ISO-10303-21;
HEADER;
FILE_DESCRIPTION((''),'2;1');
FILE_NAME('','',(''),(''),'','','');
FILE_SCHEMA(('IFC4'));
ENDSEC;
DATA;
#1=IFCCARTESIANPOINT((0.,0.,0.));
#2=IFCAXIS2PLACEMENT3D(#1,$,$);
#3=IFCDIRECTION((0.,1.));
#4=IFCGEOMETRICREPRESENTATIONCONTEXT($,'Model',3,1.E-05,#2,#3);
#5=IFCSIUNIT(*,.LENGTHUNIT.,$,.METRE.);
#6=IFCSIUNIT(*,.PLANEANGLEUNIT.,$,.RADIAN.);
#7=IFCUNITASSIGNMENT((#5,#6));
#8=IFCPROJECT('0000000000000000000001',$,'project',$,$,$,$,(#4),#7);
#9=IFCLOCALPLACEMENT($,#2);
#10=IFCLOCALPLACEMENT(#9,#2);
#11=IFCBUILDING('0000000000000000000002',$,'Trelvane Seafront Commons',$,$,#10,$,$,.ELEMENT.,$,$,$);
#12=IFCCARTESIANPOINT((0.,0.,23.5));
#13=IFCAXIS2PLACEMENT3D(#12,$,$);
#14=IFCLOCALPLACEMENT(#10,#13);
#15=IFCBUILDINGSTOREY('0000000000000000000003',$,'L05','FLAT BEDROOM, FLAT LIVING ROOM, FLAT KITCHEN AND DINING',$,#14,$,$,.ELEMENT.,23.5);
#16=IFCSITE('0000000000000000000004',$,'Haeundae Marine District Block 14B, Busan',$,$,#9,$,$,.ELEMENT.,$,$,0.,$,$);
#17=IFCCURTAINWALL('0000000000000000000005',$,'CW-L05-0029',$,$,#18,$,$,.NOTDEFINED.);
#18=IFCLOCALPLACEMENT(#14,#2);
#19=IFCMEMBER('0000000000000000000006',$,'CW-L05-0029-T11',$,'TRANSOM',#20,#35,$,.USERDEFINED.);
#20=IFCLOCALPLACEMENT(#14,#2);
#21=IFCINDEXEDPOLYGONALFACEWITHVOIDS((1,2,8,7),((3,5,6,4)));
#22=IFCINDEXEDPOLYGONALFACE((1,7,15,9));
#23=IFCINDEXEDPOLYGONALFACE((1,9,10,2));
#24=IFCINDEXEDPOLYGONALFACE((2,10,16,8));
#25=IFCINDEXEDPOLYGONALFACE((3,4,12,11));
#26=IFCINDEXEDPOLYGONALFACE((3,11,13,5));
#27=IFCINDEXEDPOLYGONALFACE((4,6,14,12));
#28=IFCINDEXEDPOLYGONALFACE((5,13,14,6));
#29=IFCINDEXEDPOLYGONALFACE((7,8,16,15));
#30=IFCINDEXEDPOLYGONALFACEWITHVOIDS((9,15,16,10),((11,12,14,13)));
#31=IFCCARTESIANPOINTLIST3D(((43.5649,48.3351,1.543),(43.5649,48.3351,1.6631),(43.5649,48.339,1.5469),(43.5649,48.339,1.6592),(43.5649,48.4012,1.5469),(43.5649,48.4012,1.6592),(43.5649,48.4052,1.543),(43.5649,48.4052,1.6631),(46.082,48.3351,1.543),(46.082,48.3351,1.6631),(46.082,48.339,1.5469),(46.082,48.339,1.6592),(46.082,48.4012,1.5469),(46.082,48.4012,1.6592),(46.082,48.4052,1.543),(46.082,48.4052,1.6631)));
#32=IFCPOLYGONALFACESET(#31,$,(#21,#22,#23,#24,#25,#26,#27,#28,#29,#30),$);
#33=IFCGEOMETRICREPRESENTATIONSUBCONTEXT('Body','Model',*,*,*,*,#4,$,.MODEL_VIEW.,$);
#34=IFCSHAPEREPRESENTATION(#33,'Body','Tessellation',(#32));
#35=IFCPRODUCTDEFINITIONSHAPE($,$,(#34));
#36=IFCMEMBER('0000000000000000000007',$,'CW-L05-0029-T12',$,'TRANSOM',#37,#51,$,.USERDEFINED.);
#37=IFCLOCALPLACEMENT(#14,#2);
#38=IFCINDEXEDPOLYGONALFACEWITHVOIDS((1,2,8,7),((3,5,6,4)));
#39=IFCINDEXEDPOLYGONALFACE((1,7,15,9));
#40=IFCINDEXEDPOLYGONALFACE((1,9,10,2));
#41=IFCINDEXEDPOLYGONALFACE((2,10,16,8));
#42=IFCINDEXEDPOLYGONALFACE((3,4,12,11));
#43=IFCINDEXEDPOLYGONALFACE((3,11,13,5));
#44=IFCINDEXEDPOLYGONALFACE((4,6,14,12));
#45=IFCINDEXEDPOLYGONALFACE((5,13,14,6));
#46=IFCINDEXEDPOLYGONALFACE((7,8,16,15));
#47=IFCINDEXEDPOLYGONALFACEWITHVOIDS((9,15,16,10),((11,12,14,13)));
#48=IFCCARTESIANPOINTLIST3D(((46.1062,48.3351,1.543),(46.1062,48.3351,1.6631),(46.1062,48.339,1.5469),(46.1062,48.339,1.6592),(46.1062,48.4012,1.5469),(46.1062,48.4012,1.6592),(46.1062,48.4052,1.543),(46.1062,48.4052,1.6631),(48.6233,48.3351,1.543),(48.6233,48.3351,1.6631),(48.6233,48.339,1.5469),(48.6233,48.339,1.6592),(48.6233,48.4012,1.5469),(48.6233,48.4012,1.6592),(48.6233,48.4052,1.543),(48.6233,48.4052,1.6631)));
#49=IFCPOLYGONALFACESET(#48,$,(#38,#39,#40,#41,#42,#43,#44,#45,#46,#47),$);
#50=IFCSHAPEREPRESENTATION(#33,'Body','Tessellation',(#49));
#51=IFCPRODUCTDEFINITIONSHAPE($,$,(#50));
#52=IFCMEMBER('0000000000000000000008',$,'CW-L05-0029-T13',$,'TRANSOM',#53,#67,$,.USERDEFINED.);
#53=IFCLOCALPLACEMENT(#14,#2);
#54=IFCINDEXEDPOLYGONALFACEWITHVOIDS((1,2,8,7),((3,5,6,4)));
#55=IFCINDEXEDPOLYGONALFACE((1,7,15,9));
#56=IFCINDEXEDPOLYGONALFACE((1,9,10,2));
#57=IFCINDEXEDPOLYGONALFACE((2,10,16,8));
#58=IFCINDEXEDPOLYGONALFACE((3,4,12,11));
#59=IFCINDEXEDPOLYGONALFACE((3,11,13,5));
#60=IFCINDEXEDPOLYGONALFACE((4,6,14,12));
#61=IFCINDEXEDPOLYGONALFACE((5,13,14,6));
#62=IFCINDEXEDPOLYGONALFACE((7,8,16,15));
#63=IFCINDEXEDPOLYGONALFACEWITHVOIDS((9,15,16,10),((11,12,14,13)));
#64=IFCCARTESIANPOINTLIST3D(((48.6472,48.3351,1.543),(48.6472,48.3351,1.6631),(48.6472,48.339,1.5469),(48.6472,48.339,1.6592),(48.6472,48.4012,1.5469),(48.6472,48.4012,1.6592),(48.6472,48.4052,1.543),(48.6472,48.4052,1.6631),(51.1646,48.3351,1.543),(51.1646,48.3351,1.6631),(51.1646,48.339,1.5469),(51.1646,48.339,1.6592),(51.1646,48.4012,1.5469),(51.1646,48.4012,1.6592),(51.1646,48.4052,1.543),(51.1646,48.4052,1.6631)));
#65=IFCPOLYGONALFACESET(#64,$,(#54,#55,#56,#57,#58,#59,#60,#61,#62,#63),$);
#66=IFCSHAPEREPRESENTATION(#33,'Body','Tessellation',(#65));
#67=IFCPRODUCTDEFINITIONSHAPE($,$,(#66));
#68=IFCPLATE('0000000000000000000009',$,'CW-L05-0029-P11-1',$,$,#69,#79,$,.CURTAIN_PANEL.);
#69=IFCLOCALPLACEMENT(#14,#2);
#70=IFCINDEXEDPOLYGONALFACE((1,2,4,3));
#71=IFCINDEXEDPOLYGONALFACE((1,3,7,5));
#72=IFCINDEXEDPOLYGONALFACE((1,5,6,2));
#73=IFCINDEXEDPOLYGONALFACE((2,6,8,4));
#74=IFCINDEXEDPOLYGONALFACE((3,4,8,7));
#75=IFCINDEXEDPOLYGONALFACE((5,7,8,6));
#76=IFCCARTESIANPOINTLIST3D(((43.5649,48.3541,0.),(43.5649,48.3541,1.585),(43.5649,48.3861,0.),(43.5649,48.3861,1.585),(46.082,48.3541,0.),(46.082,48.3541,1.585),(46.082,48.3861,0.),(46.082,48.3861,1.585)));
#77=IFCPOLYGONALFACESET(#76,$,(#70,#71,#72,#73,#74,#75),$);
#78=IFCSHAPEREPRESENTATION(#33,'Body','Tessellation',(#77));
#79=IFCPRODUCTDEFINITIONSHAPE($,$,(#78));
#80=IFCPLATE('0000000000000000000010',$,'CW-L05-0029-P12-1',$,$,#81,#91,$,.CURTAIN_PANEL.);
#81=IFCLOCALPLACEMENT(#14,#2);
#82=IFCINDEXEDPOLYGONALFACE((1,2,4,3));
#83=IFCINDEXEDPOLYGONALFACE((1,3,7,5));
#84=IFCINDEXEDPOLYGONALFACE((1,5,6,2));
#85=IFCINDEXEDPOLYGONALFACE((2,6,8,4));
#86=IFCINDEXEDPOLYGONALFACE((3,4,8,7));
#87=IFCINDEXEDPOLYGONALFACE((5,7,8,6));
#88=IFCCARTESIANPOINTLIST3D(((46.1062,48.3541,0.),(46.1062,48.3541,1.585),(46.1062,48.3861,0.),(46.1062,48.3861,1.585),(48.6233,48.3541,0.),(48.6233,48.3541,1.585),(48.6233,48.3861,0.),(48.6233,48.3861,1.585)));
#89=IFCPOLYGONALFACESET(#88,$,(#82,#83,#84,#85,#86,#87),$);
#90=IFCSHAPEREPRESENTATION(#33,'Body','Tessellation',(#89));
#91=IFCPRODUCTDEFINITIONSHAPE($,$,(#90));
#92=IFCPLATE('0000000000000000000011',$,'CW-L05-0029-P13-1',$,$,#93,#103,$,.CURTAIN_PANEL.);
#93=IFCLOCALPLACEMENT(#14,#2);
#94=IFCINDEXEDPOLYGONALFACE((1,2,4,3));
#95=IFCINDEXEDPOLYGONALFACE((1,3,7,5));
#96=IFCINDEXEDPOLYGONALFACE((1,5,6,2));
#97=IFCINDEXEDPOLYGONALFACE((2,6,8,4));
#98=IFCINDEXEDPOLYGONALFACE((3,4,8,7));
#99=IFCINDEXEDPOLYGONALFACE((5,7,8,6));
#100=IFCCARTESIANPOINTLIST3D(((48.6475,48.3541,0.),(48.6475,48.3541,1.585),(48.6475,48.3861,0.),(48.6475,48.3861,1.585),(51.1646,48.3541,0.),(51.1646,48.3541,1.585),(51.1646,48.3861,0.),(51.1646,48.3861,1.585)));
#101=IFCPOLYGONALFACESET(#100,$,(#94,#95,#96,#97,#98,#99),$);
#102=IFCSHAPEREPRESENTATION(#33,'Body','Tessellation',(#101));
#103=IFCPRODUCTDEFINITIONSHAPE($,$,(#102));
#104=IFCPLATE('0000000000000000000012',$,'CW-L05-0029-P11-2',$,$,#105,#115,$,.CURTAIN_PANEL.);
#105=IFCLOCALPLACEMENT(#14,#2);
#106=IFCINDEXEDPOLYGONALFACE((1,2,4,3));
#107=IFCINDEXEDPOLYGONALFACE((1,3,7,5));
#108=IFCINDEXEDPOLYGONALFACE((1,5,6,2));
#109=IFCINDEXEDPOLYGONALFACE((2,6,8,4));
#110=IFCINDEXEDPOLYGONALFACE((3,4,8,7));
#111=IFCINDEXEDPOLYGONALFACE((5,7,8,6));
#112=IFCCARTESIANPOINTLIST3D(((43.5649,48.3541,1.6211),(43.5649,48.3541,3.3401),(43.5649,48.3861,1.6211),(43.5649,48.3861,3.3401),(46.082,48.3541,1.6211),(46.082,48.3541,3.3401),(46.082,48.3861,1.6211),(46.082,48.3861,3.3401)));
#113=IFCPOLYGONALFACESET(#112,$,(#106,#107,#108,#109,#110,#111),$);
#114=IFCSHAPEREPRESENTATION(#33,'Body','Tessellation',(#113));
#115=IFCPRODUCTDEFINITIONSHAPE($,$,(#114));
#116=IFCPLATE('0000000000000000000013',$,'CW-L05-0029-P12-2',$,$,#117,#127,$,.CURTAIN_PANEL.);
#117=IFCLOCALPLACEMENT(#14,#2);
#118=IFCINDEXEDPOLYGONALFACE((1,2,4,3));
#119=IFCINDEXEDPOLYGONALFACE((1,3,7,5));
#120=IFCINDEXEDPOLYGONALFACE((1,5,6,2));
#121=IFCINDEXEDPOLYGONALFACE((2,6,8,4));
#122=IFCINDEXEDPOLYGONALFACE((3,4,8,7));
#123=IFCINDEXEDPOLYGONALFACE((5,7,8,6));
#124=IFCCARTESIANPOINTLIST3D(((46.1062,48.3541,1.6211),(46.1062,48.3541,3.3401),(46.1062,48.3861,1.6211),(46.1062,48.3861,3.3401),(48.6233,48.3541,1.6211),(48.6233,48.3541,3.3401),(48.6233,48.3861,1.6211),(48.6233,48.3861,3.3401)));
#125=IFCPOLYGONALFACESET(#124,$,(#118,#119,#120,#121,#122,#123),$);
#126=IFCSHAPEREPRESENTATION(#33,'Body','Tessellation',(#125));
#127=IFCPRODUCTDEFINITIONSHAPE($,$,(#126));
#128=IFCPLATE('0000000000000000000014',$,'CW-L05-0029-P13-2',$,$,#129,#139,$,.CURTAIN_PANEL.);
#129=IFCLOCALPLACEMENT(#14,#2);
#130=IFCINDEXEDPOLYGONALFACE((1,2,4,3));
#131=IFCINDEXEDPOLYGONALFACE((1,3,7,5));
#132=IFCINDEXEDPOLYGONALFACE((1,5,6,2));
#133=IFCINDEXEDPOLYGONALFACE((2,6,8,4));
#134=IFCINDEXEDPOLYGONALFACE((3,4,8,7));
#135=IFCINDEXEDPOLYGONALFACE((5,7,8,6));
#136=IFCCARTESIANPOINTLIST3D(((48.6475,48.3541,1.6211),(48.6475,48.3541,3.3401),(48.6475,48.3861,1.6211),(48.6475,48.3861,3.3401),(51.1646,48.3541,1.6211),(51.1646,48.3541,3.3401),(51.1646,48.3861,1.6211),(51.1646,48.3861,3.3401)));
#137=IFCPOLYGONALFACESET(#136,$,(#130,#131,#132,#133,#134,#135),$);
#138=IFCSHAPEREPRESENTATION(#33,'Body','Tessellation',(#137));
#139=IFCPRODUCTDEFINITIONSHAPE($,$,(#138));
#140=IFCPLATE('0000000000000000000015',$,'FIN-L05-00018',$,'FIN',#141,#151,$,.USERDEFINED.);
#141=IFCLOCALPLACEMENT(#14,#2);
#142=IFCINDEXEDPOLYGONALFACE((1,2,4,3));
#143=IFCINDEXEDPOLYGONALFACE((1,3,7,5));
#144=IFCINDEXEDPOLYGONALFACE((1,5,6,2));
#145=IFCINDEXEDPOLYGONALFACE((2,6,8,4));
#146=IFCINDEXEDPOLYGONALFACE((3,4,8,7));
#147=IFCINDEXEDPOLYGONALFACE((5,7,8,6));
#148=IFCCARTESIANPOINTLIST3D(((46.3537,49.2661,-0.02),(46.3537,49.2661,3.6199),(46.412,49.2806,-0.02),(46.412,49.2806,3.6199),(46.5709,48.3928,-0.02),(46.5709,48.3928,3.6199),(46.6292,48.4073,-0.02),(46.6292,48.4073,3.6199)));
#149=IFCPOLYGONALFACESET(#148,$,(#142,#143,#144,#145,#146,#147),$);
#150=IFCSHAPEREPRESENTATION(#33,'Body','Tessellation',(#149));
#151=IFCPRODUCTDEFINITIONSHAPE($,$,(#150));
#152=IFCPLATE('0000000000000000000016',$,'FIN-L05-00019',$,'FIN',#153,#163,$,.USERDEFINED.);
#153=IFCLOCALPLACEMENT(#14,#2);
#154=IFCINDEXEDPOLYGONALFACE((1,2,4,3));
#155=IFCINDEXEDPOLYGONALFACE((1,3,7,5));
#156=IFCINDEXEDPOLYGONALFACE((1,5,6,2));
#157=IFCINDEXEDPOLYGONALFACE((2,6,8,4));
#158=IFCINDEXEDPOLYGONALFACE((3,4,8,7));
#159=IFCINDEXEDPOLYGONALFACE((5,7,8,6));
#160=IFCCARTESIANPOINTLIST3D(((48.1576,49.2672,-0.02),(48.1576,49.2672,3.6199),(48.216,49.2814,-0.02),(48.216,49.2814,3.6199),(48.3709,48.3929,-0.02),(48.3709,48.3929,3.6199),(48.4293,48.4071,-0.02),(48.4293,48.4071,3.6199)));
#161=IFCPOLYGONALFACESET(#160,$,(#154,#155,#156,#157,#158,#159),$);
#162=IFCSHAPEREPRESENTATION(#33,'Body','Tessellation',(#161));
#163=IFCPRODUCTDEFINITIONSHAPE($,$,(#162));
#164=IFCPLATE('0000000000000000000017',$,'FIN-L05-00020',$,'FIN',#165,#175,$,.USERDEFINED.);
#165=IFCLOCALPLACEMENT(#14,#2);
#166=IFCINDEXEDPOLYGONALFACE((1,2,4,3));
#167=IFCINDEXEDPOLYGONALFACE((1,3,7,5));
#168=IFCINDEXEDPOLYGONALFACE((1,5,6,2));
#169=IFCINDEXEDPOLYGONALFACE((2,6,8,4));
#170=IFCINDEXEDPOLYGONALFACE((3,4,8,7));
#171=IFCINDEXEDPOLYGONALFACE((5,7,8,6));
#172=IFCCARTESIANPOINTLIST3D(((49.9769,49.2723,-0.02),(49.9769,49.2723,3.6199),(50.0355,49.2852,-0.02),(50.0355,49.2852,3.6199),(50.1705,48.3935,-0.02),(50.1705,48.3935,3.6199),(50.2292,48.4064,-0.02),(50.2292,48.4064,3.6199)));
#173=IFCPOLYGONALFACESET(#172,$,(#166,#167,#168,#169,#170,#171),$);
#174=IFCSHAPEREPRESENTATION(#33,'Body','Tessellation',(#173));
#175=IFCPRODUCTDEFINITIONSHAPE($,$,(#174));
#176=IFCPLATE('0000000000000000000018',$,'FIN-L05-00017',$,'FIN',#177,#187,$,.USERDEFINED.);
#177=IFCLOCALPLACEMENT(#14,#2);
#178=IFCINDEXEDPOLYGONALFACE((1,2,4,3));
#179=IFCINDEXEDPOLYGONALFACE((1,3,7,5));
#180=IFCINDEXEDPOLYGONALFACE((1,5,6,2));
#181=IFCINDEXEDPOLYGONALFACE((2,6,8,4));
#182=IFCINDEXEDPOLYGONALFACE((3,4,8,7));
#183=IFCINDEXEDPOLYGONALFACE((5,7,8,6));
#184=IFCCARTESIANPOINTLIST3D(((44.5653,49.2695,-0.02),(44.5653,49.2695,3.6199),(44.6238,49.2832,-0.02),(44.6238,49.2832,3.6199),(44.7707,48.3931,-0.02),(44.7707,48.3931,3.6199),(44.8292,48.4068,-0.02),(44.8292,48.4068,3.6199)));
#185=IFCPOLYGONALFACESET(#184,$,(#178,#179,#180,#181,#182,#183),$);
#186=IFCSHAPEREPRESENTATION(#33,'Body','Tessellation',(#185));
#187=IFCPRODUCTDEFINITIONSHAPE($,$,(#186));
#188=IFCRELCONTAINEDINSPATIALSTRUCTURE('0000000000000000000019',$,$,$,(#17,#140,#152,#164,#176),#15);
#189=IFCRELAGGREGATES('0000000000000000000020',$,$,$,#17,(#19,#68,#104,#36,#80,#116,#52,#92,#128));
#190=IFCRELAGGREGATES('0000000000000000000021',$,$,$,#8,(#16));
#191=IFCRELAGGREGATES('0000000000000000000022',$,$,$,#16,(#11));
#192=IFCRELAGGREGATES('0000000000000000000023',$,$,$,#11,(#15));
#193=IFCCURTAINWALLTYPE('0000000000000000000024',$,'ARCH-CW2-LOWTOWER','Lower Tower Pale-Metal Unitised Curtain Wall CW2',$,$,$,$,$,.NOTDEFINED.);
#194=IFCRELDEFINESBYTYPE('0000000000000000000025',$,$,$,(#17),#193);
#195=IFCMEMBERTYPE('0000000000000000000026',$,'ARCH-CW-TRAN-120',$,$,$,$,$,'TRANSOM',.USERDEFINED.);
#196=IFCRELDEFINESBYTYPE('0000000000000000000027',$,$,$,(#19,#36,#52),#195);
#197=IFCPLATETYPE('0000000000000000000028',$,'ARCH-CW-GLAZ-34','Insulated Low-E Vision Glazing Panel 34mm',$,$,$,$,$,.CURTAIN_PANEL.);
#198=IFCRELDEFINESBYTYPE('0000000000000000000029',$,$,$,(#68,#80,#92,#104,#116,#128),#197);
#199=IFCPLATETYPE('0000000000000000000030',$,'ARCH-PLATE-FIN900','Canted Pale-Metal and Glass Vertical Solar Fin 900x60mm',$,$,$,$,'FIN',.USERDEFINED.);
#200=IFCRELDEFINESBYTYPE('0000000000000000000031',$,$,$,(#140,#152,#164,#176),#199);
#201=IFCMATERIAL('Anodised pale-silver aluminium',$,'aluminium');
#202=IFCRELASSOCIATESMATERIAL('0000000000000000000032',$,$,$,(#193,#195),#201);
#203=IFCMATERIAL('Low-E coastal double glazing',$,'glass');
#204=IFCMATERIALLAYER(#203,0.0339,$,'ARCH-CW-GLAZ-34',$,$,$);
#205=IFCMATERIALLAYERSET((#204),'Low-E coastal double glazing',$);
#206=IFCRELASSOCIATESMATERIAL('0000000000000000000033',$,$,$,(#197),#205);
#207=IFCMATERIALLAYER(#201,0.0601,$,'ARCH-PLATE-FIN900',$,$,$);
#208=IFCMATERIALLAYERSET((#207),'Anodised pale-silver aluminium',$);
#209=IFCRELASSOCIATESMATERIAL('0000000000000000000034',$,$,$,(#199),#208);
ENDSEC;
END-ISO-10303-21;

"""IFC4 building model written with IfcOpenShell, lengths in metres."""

from ifc_helpers import new_model, si_unit, direction, frame, origin, origin_2d, place, context, subcontext, project, spatial, rectangle, hollow_rectangle, extrude, source, transform, mapped, material, layer, layer_set, material_profile, profile_set, type_object, element, aggregate, save


model = new_model("IFC4")

# Units and contexts
model_context = context("Model", 3, precision=1e-05, world=origin(), true_north=direction((0.0, 1.0)))
body_context = subcontext(model_context, "Body", "Model", "MODEL_VIEW")
ifc_project = project(units=[si_unit("LENGTHUNIT", "METRE"), si_unit("PLANEANGLEUNIT", "RADIAN")], contexts=[model_context])

# Site, building, storey
site_placement = place(None, origin())
site = spatial("IfcSite", under=ifc_project, at=site_placement, Name="Haeundae Marine District Block 14B, Busan", CompositionType="ELEMENT", RefElevation=0.0)
building_placement = place(site_placement, origin())
building = spatial("IfcBuilding", under=site, at=building_placement, Name="Trelvane Seafront Commons", CompositionType="ELEMENT")
storey_placement = place(building_placement, frame((0.0, 0.0, 23.5)))
storey = spatial("IfcBuildingStorey", under=building, at=storey_placement, Name="L05", Description="FLAT BEDROOM, FLAT LIVING ROOM, FLAT KITCHEN AND DINING", CompositionType="ELEMENT", Elevation=23.5)

# Curtain wall, members, plates
ifc_material_1 = material(Name="Anodised pale-silver aluminium", Category="aluminium")
curtain_wall_type = type_object("IfcCurtainWallType", Name="ARCH-CW2-LOWTOWER", Description="Lower Tower Pale-Metal Unitised Curtain Wall CW2", PredefinedType="NOTDEFINED", material=ifc_material_1)
curtain_wall_placement = place(storey_placement, origin())
curtain_wall = element("IfcCurtainWall", 1, at=curtain_wall_placement, inside=storey, type_object=curtain_wall_type, Name="CW-L05-0029", PredefinedType="NOTDEFINED")
ifc_material_profile_1 = material_profile(ifc_material_1, hollow_rectangle(XDim=0.0701, YDim=0.1201, WallThickness=0.0039, at=origin_2d()), Name="TRAN-70x120x4")
ifc_profile_set_1 = profile_set([ifc_material_profile_1], Name="Anodised pale-silver aluminium")
member_type_1 = type_object("IfcMemberType", Name="ARCH-CW-TRAN-120", ElementType="TRANSOM", PredefinedType="USERDEFINED", material=ifc_profile_set_1)
shared_shape_1 = source(origin(), body_context, "Body", "SweptSolid", [
    extrude(hollow_rectangle(XDim=0.0701, YDim=0.1201, WallThickness=0.0039, at=origin_2d()), origin(), (0.0, 0.0, 1.0), 2.5171),
])
member_1_placement = place(storey_placement, frame((43.5649, 48.3701, 1.603), z_axis=(1.0, 0.0, 0.0), x_axis=(0.0, 1.0, 0.0)))
member_1 = element("IfcMember", 2, at=member_1_placement, type_object=member_type_1, Name="CW-L05-0029-T11", ObjectType="TRANSOM", PredefinedType="USERDEFINED", context=body_context, shape_type="MappedRepresentation", body=[
    mapped(shared_shape_1, transform((0.0, 0.0, 0.0), x_axis=(1.0, 0.0, 0.0), y_axis=(0.0, 1.0, 0.0), z_axis=(0.0, 0.0, 1.0), scale=1.0)),
])
member_2_placement = place(storey_placement, frame((46.1062, 48.3701, 1.603), z_axis=(1.0, 0.0, 0.0), x_axis=(0.0, 1.0, 0.0)))
member_2 = element("IfcMember", 3, at=member_2_placement, type_object=member_type_1, Name="CW-L05-0029-T12", ObjectType="TRANSOM", PredefinedType="USERDEFINED", context=body_context, shape_type="MappedRepresentation", body=[
    mapped(shared_shape_1, transform((0.0, 0.0, 0.0), x_axis=(1.0, 0.0, 0.0), y_axis=(0.0, 1.0, 0.0), z_axis=(0.0, 0.0, 1.0), scale=1.0)),
])
shared_shape_2 = source(origin(), body_context, "Body", "SweptSolid", [
    extrude(hollow_rectangle(XDim=0.0701, YDim=0.1201, WallThickness=0.0039, at=origin_2d()), origin(), (0.0, 0.0, 1.0), 2.5173),
])
member_3_placement = place(storey_placement, frame((48.6472, 48.3701, 1.603), z_axis=(1.0, 0.0, 0.0), x_axis=(0.0, 1.0, 0.0)))
member_3 = element("IfcMember", 4, at=member_3_placement, type_object=member_type_1, Name="CW-L05-0029-T13", ObjectType="TRANSOM", PredefinedType="USERDEFINED", context=body_context, shape_type="MappedRepresentation", body=[
    mapped(shared_shape_2, transform((0.0, 0.0, 0.0), x_axis=(1.0, 0.0, 0.0), y_axis=(0.0, 1.0, 0.0), z_axis=(0.0, 0.0, 1.0), scale=1.0)),
])
ifc_material_2 = material(Name="Low-E coastal double glazing", Category="glass")
ifc_layer_1 = layer(ifc_material_2, 0.0339, Name="ARCH-CW-GLAZ-34")
ifc_layer_set_1 = layer_set([ifc_layer_1], Name="Low-E coastal double glazing")
plate_type_1 = type_object("IfcPlateType", Name="ARCH-CW-GLAZ-34", Description="Insulated Low-E Vision Glazing Panel 34mm", PredefinedType="CURTAIN_PANEL", material=ifc_layer_set_1)
shared_shape_3 = source(origin(), body_context, "Body", "SweptSolid", [
    extrude(rectangle(XDim=2.5171, YDim=0.032, at=origin_2d()), origin(), (0.0, 0.0, 1.0), 1.585),
])
plate_1_placement = place(storey_placement, frame((44.8235, 48.3701, 0.0), z_axis=(0.0, 0.0, 1.0), x_axis=(1.0, 0.0, 0.0)))
plate_1 = element("IfcPlate", 5, at=plate_1_placement, type_object=plate_type_1, Name="CW-L05-0029-P11-1", PredefinedType="CURTAIN_PANEL", context=body_context, shape_type="MappedRepresentation", body=[
    mapped(shared_shape_3, transform((0.0, 0.0, 0.0), x_axis=(1.0, 0.0, 0.0), y_axis=(0.0, 1.0, 0.0), z_axis=(0.0, 0.0, 1.0), scale=1.0)),
])
plate_2_placement = place(storey_placement, frame((47.3647, 48.3701, 0.0), z_axis=(0.0, 0.0, 1.0), x_axis=(1.0, 0.0, 0.0)))
plate_2 = element("IfcPlate", 6, at=plate_2_placement, type_object=plate_type_1, Name="CW-L05-0029-P12-1", PredefinedType="CURTAIN_PANEL", context=body_context, shape_type="MappedRepresentation", body=[
    mapped(shared_shape_3, transform((0.0, 0.0, 0.0), x_axis=(1.0, 0.0, 0.0), y_axis=(0.0, 1.0, 0.0), z_axis=(0.0, 0.0, 1.0), scale=1.0)),
])
plate_3_placement = place(storey_placement, frame((49.906, 48.3701, 0.0), z_axis=(0.0, 0.0, 1.0), x_axis=(1.0, 0.0, 0.0)))
plate_3 = element("IfcPlate", 7, at=plate_3_placement, type_object=plate_type_1, Name="CW-L05-0029-P13-1", PredefinedType="CURTAIN_PANEL", context=body_context, shape_type="MappedRepresentation", body=[
    mapped(shared_shape_3, transform((0.0, 0.0, 0.0), x_axis=(1.0, 0.0, 0.0), y_axis=(0.0, 1.0, 0.0), z_axis=(0.0, 0.0, 1.0), scale=1.0)),
])
shared_shape_4 = source(origin(), body_context, "Body", "SweptSolid", [
    extrude(rectangle(XDim=2.5171, YDim=0.032, at=origin_2d()), origin(), (0.0, 0.0, 1.0), 1.719),
])
plate_4_placement = place(storey_placement, frame((44.8235, 48.3701, 1.6211), z_axis=(0.0, 0.0, 1.0), x_axis=(1.0, 0.0, 0.0)))
plate_4 = element("IfcPlate", 8, at=plate_4_placement, type_object=plate_type_1, Name="CW-L05-0029-P11-2", PredefinedType="CURTAIN_PANEL", context=body_context, shape_type="MappedRepresentation", body=[
    mapped(shared_shape_4, transform((0.0, 0.0, 0.0), x_axis=(1.0, 0.0, 0.0), y_axis=(0.0, 1.0, 0.0), z_axis=(0.0, 0.0, 1.0), scale=1.0)),
])
plate_5_placement = place(storey_placement, frame((47.3647, 48.3701, 1.6211), z_axis=(0.0, 0.0, 1.0), x_axis=(1.0, 0.0, 0.0)))
plate_5 = element("IfcPlate", 9, at=plate_5_placement, type_object=plate_type_1, Name="CW-L05-0029-P12-2", PredefinedType="CURTAIN_PANEL", context=body_context, shape_type="MappedRepresentation", body=[
    mapped(shared_shape_4, transform((0.0, 0.0, 0.0), x_axis=(1.0, 0.0, 0.0), y_axis=(0.0, 1.0, 0.0), z_axis=(0.0, 0.0, 1.0), scale=1.0)),
])
plate_6_placement = place(storey_placement, frame((49.906, 48.3701, 1.6211), z_axis=(0.0, 0.0, 1.0), x_axis=(1.0, 0.0, 0.0)))
plate_6 = element("IfcPlate", 10, at=plate_6_placement, type_object=plate_type_1, Name="CW-L05-0029-P13-2", PredefinedType="CURTAIN_PANEL", context=body_context, shape_type="MappedRepresentation", body=[
    mapped(shared_shape_4, transform((0.0, 0.0, 0.0), x_axis=(1.0, 0.0, 0.0), y_axis=(0.0, 1.0, 0.0), z_axis=(0.0, 0.0, 1.0), scale=1.0)),
])
aggregate(curtain_wall, [member_1, plate_1, plate_4, member_2, plate_2, plate_5, member_3, plate_3, plate_6])

# Plates
ifc_layer_2 = layer(ifc_material_1, 0.0601, Name="ARCH-PLATE-FIN900")
ifc_layer_set_2 = layer_set([ifc_layer_2], Name="Anodised pale-silver aluminium")
plate_type_2 = type_object("IfcPlateType", Name="ARCH-PLATE-FIN900", Description="Canted Pale-Metal and Glass Vertical Solar Fin 900x60mm", ElementType="FIN", PredefinedType="USERDEFINED", material=ifc_layer_set_2)
shared_shape_5 = source(origin(), body_context, "Body", "SweptSolid", [
    extrude(rectangle(XDim=0.8999, YDim=0.0601, at=origin_2d()), origin(), (0.0, 0.0, 1.0), 3.6399),
])
for number, where, z_axis, x_axis, name in (
    (11, (46.4915, 48.8367, -0.02), (0.0, 0.0, 1.0), (-0.241333, 0.970442, 0.0), "FIN-L05-00018"),
    (12, (48.2935, 48.8372, -0.02), (0.0, 0.0, 1.0), (-0.236989, 0.971512, 0.0), "FIN-L05-00019"),
    (13, (50.103, 48.8394, -0.02), (0.0, 0.0, 1.0), (-0.215225, 0.976565, 0.0), "FIN-L05-00020"),
):
    element("IfcPlate", number, at=place(storey_placement, frame(where, z_axis=z_axis, x_axis=x_axis)), inside=storey, type_object=plate_type_2, Name=name, ObjectType="FIN", PredefinedType="USERDEFINED", context=body_context, shape_type="MappedRepresentation", body=[
        mapped(shared_shape_5, transform((0.0, 0.0, 0.0), x_axis=(1.0, 0.0, 0.0), y_axis=(0.0, 1.0, 0.0), z_axis=(0.0, 0.0, 1.0), scale=1.0)),
    ])
shared_shape_6 = source(origin(), body_context, "Body", "SweptSolid", [
    extrude(rectangle(XDim=0.9001, YDim=0.0601, at=origin_2d()), origin(), (0.0, 0.0, 1.0), 3.6399),
])
plate_7_placement = place(storey_placement, frame((44.6973, 48.8381, -0.02), z_axis=(0.0, 0.0, 1.0), x_axis=(-0.22821, 0.973612, 0.0)))
element("IfcPlate", 14, at=plate_7_placement, inside=storey, type_object=plate_type_2, Name="FIN-L05-00017", ObjectType="FIN", PredefinedType="USERDEFINED", context=body_context, shape_type="MappedRepresentation", body=[
    mapped(shared_shape_6, transform((0.0, 0.0, 0.0), x_axis=(1.0, 0.0, 0.0), y_axis=(0.0, 1.0, 0.0), z_axis=(0.0, 0.0, 1.0), scale=1.0)),
])

save(model, "model.ifc")
